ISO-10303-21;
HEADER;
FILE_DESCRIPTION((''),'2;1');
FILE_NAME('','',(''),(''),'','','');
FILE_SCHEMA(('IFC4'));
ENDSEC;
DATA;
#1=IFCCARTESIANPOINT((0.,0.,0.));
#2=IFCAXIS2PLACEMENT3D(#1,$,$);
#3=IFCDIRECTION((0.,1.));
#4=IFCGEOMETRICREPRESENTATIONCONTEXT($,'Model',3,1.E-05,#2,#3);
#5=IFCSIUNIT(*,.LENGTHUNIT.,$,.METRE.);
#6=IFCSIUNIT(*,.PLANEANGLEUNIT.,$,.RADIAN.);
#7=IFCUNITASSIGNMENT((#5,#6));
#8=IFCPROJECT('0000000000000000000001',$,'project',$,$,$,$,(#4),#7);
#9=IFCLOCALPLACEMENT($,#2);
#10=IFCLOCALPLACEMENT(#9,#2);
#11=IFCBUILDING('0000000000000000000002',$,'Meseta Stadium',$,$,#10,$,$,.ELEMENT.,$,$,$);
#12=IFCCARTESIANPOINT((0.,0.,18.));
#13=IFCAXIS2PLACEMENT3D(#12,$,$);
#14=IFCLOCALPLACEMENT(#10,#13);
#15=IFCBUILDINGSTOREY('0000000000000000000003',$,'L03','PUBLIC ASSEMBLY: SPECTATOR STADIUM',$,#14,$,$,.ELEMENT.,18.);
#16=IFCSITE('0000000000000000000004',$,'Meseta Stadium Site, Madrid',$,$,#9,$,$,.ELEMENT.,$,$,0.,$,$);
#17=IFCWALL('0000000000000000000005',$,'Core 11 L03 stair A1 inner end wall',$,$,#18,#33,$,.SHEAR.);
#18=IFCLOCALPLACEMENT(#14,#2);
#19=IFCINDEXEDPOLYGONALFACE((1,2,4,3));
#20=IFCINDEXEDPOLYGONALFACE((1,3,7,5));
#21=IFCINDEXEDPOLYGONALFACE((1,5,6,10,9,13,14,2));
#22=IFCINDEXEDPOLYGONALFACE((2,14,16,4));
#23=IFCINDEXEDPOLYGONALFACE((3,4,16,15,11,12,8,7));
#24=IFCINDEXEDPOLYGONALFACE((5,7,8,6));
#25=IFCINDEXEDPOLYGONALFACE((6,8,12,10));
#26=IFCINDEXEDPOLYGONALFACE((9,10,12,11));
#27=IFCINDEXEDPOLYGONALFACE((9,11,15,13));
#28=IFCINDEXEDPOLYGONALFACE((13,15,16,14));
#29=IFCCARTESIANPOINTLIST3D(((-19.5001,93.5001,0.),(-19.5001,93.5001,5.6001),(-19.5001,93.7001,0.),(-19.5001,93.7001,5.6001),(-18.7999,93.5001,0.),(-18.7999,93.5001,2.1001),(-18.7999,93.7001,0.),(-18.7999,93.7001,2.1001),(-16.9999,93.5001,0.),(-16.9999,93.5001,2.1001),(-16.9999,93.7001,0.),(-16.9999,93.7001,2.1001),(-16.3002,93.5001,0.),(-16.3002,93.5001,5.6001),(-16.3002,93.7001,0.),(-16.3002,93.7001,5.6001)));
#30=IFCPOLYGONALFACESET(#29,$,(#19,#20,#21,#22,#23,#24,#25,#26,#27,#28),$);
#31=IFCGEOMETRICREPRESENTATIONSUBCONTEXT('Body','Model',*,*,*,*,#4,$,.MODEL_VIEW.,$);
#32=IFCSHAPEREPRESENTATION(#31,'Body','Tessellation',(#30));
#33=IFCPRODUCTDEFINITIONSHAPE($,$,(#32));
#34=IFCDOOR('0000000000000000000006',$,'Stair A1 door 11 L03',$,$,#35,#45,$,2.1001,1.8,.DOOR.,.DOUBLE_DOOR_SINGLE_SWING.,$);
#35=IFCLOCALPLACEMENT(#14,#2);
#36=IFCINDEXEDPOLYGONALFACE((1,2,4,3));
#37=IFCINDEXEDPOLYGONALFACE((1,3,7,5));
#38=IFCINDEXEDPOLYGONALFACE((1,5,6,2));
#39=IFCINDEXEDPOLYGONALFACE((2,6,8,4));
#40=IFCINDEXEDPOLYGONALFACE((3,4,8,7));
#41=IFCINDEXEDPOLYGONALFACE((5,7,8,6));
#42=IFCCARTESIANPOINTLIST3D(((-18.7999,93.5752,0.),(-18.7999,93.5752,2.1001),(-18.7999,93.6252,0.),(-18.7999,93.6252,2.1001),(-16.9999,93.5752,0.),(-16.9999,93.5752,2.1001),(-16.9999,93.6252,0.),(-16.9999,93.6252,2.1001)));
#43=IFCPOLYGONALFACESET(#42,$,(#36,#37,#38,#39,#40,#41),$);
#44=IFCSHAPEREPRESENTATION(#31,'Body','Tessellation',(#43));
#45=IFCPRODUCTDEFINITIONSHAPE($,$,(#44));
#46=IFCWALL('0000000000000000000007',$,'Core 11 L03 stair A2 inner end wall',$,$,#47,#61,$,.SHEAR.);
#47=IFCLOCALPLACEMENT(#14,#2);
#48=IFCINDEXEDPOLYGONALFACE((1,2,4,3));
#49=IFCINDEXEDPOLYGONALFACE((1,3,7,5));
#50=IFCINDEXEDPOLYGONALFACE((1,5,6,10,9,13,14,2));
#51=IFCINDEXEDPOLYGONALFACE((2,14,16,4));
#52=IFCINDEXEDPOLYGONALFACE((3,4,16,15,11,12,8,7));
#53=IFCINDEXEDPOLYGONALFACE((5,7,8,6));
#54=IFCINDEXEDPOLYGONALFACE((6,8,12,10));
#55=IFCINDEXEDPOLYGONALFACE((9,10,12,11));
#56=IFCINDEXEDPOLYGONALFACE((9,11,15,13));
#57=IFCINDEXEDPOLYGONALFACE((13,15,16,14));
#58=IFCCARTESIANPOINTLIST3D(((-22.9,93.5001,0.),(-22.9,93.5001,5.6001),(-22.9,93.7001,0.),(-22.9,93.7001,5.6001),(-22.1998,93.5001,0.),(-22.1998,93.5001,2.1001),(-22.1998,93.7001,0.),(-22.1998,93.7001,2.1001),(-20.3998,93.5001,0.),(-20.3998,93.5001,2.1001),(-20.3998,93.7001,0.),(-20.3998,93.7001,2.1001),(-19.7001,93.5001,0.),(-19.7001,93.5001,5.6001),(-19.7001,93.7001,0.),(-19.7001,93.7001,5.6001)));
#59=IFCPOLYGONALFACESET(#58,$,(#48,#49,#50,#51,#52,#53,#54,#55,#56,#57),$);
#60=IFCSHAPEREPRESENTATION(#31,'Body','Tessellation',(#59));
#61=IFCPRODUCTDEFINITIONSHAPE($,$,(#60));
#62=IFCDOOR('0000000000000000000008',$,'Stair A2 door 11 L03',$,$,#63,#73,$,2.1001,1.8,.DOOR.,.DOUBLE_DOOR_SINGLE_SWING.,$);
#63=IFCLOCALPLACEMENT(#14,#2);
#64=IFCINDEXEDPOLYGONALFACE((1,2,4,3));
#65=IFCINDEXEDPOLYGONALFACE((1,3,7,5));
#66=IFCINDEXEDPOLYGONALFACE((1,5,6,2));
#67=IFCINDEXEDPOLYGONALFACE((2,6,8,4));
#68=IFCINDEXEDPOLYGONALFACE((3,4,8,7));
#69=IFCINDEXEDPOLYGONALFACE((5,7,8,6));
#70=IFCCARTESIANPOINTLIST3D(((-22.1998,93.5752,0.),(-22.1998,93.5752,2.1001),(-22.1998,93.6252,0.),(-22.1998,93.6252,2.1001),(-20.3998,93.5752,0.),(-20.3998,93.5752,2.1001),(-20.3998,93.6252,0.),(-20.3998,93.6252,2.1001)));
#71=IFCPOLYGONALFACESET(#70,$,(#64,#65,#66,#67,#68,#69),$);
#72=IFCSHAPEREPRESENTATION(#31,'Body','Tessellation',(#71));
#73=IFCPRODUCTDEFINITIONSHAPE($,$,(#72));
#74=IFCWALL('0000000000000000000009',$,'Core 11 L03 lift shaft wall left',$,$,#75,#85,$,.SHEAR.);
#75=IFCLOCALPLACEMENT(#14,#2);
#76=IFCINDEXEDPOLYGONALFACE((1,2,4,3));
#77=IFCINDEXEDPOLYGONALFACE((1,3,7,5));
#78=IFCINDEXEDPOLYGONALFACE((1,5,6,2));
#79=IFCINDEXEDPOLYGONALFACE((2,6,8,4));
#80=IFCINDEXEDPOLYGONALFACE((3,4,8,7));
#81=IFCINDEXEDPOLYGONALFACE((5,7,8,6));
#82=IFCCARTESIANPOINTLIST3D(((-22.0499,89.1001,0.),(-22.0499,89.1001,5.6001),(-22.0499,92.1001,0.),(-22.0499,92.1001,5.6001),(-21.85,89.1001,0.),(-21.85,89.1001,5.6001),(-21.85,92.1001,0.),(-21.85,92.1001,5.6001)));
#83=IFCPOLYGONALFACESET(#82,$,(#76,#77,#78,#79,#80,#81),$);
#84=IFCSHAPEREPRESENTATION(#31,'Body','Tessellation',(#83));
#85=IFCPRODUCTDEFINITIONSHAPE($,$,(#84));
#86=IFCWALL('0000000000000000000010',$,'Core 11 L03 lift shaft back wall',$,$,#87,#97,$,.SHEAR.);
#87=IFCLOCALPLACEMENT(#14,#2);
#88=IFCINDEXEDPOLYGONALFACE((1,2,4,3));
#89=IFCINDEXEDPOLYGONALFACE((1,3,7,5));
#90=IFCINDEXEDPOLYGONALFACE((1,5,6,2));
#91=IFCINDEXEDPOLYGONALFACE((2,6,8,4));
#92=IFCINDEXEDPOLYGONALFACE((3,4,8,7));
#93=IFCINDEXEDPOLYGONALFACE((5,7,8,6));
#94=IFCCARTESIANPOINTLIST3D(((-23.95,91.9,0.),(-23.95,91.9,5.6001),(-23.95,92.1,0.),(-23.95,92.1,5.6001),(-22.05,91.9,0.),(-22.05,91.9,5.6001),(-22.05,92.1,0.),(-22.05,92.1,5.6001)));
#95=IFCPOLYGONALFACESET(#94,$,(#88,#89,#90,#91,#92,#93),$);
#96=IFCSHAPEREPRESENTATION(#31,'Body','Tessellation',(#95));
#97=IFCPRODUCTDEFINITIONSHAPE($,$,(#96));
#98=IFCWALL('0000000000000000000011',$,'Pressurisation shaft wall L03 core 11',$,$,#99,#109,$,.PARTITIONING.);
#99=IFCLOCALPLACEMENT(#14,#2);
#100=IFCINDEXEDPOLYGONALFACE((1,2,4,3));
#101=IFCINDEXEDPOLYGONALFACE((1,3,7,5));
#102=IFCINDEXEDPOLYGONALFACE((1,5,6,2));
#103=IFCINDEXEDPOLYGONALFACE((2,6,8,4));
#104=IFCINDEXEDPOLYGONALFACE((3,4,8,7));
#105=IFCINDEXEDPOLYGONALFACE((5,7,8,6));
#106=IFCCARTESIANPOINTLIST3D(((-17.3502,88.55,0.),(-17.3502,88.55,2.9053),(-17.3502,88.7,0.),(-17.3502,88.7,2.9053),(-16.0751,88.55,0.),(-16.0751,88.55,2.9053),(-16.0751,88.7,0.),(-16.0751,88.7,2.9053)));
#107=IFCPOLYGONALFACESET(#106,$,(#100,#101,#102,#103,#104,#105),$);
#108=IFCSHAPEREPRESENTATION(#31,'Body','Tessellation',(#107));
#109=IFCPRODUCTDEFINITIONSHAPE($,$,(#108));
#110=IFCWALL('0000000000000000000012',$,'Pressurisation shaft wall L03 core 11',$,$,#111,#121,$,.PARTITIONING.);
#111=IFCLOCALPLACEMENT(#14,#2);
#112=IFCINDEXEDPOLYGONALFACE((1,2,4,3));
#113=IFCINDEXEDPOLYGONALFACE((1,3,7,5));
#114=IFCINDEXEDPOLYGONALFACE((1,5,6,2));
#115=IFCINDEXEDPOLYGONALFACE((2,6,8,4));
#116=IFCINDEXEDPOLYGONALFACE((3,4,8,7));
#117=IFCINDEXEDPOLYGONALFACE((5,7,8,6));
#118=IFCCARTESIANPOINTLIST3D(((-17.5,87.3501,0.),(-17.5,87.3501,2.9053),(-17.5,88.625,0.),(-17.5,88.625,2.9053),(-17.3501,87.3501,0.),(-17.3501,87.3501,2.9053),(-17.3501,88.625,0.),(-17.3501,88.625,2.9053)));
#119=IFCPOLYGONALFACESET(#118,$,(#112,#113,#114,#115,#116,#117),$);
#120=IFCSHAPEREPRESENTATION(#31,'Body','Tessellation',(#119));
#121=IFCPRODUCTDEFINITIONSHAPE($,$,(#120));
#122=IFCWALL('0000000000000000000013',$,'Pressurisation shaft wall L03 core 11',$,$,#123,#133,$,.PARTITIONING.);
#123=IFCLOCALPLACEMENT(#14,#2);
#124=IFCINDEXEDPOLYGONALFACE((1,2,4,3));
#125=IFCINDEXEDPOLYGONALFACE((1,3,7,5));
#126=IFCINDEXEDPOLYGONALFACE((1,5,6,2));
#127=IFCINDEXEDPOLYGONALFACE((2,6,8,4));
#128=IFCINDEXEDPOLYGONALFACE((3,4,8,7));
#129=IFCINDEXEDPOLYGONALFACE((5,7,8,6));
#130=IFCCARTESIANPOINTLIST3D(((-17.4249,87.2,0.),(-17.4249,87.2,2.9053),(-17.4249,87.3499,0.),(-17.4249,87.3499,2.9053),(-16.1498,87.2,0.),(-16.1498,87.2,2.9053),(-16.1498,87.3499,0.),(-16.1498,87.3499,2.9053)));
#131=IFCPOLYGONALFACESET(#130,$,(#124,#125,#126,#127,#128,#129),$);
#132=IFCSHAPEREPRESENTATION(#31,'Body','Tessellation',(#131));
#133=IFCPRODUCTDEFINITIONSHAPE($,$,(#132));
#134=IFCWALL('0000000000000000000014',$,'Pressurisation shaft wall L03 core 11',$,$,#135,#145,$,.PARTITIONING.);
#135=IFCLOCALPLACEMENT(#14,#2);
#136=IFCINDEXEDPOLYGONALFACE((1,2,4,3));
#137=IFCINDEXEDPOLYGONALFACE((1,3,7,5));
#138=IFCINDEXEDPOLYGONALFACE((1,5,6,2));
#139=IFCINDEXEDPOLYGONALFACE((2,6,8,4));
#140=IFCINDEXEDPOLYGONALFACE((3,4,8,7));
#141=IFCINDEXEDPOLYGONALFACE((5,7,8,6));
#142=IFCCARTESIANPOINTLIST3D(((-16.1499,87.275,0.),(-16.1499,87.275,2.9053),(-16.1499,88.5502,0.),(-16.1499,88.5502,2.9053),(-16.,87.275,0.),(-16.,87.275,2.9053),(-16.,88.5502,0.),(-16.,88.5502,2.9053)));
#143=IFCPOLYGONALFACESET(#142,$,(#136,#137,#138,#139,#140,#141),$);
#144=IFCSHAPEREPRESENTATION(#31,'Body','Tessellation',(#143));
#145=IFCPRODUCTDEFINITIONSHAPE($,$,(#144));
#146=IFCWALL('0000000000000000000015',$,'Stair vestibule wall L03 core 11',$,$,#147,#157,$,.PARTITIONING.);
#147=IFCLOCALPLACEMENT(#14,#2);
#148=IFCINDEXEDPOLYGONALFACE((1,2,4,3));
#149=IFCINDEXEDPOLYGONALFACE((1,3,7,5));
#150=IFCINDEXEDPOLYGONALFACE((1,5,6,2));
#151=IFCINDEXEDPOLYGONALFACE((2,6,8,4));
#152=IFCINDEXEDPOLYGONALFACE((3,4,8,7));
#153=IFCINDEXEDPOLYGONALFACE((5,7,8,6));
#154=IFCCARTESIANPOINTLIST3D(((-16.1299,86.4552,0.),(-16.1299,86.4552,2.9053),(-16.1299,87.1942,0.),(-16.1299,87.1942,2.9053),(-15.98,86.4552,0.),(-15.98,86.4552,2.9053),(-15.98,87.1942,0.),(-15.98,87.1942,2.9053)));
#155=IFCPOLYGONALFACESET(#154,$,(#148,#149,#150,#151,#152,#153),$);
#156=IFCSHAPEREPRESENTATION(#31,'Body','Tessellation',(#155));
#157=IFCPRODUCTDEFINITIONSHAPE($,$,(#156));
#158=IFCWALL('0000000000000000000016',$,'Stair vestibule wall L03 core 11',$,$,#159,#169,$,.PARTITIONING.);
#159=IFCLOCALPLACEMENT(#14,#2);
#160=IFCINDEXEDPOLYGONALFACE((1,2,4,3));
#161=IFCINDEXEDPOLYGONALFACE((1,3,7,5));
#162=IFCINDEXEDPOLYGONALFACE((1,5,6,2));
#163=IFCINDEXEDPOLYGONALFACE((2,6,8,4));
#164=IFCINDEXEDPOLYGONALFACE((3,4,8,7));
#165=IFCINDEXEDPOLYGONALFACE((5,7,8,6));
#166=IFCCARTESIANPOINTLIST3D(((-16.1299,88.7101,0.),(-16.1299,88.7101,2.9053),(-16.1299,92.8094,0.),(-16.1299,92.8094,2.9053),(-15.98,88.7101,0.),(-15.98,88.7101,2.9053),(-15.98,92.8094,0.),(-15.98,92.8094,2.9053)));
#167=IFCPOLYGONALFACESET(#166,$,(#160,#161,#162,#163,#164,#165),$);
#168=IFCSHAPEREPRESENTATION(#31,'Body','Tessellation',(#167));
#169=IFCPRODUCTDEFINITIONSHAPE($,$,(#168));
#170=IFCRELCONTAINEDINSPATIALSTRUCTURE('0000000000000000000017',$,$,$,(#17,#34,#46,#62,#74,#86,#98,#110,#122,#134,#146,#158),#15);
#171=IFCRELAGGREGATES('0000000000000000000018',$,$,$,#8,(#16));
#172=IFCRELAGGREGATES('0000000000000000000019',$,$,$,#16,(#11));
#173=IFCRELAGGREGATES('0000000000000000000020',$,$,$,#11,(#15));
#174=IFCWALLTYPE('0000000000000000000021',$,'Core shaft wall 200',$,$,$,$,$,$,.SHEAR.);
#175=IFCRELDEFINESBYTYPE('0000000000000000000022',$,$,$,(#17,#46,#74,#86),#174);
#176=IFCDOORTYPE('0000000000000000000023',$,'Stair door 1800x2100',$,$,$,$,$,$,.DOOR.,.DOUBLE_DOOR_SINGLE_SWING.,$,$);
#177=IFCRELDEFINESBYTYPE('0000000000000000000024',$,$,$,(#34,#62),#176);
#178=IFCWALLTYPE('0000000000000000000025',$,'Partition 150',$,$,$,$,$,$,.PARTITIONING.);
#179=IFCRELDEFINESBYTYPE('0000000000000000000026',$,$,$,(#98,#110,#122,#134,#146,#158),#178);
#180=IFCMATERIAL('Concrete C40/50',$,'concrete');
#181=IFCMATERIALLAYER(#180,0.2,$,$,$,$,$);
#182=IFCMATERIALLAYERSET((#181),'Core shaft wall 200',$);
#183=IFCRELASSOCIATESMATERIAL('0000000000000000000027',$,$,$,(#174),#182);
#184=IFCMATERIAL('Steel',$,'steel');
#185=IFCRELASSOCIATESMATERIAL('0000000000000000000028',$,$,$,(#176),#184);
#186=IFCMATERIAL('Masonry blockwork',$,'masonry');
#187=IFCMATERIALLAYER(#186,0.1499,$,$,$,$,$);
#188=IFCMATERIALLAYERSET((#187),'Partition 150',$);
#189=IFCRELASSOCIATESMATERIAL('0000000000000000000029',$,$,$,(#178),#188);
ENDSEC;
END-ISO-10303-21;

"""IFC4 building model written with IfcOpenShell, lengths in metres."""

from ifc_helpers import new_model, si_unit, direction, frame, frame_2d, origin, place, context, subcontext, project, spatial, rectangle, extrude, material, layer, layer_set, type_object, element, fill, save


model = new_model("IFC4")

# Units and contexts
model_context = context("Model", 3, precision=1e-05, world=origin(), true_north=direction((0.0, 1.0)))
body_context = subcontext(model_context, "Body", "Model", "MODEL_VIEW")
ifc_project = project(units=[si_unit("LENGTHUNIT", "METRE"), si_unit("PLANEANGLEUNIT", "RADIAN")], contexts=[model_context])

# Site, building, storey
site_placement = place(None, origin())
site = spatial("IfcSite", under=ifc_project, at=site_placement, Name="Meseta Stadium Site, Madrid", CompositionType="ELEMENT", RefElevation=0.0)
building_placement = place(site_placement, origin())
building = spatial("IfcBuilding", under=site, at=building_placement, Name="Meseta Stadium", CompositionType="ELEMENT")
storey_placement = place(building_placement, frame((0.0, 0.0, 18.0)))
storey = spatial("IfcBuildingStorey", under=building, at=storey_placement, Name="L03", Description="PUBLIC ASSEMBLY: SPECTATOR STADIUM", CompositionType="ELEMENT", Elevation=18.0)

# Walls, openings, doors
ifc_material_1 = material(Name="Concrete C40/50", Category="concrete")
ifc_layer_1 = layer(ifc_material_1, 0.2)
ifc_layer_set_1 = layer_set([ifc_layer_1], Name="Core shaft wall 200")
wall_type_1 = type_object("IfcWallType", Name="Core shaft wall 200", PredefinedType="SHEAR", material=ifc_layer_set_1)
wall_1_placement = place(storey_placement, frame((-16.3, 93.6001, 0.0), z_axis=(0.0, 0.0, 1.0), x_axis=(-1.0, 0.0, 0.0)))
wall_1 = element("IfcWall", 1, at=wall_1_placement, inside=storey, type_object=wall_type_1, Name="Core 11 L03 stair A1 inner end wall", PredefinedType="SHEAR", context=body_context, shape_type="SweptSolid", body=[
    extrude(rectangle(XDim=3.2, YDim=0.2, at=frame_2d((1.6001, 0.0))), origin(), (0.0, 0.0, 1.0), 5.6001),
])
opening_1_placement = place(wall_1_placement, frame((0.7, 0.0, 0.0)))
opening_1 = element("IfcOpeningElement", 2, at=opening_1_placement, cuts=wall_1, PredefinedType="OPENING", context=body_context, shape_type="SweptSolid", body=[
    extrude(rectangle(XDim=1.8, YDim=2.1001, at=frame_2d((0.8999, 1.05))), frame((0.0, 0.1099, 0.0), z_axis=(0.0, -1.0, 0.0), x_axis=(1.0, 0.0, 0.0)), (0.0, 0.0, 1.0), 0.22),
])
ifc_material_2 = material(Name="Steel", Category="steel")
door_type = type_object("IfcDoorType", Name="Stair door 1800x2100", OperationType="DOUBLE_DOOR_SINGLE_SWING", PredefinedType="DOOR", material=ifc_material_2)
door_1_placement = place(opening_1_placement, origin())
door_1 = element("IfcDoor", 3, at=door_1_placement, inside=storey, type_object=door_type, Name="Stair A1 door 11 L03", OperationType="DOUBLE_DOOR_SINGLE_SWING", OverallHeight=2.1001, OverallWidth=1.8, PredefinedType="DOOR", context=body_context, shape_type="SweptSolid", body=[
    extrude(rectangle(XDim=1.8, YDim=2.1001, at=frame_2d((0.8999, 1.05))), frame((0.0, 0.0249, 0.0), z_axis=(0.0, -1.0, 0.0), x_axis=(1.0, 0.0, 0.0)), (0.0, 0.0, 1.0), 0.05),
])
fill(opening_1, door_1)
wall_2_placement = place(storey_placement, frame((-19.7, 93.6001, 0.0), z_axis=(0.0, 0.0, 1.0), x_axis=(-1.0, 0.0, 0.0)))
wall_2 = element("IfcWall", 4, at=wall_2_placement, inside=storey, type_object=wall_type_1, Name="Core 11 L03 stair A2 inner end wall", PredefinedType="SHEAR", context=body_context, shape_type="SweptSolid", body=[
    extrude(rectangle(XDim=3.2, YDim=0.2, at=frame_2d((1.6001, 0.0))), origin(), (0.0, 0.0, 1.0), 5.6001),
])
opening_2_placement = place(wall_2_placement, frame((0.7, 0.0, 0.0)))
opening_2 = element("IfcOpeningElement", 5, at=opening_2_placement, cuts=wall_2, PredefinedType="OPENING", context=body_context, shape_type="SweptSolid", body=[
    extrude(rectangle(XDim=1.8, YDim=2.1001, at=frame_2d((0.8999, 1.05))), frame((0.0, 0.1099, 0.0), z_axis=(0.0, -1.0, 0.0), x_axis=(1.0, 0.0, 0.0)), (0.0, 0.0, 1.0), 0.22),
])
door_2_placement = place(opening_2_placement, origin())
door_2 = element("IfcDoor", 6, at=door_2_placement, inside=storey, type_object=door_type, Name="Stair A2 door 11 L03", OperationType="DOUBLE_DOOR_SINGLE_SWING", OverallHeight=2.1001, OverallWidth=1.8, PredefinedType="DOOR", context=body_context, shape_type="SweptSolid", body=[
    extrude(rectangle(XDim=1.8, YDim=2.1001, at=frame_2d((0.8999, 1.05))), frame((0.0, 0.0249, 0.0), z_axis=(0.0, -1.0, 0.0), x_axis=(1.0, 0.0, 0.0)), (0.0, 0.0, 1.0), 0.05),
])
fill(opening_2, door_2)

# Walls
wall_3_placement = place(storey_placement, frame((-21.95, 92.1001, 0.0), z_axis=(0.0, 0.0, 1.0), x_axis=(0.0, -1.0, 0.0)))
element("IfcWall", 7, at=wall_3_placement, inside=storey, type_object=wall_type_1, Name="Core 11 L03 lift shaft wall left", PredefinedType="SHEAR", context=body_context, shape_type="SweptSolid", body=[
    extrude(rectangle(XDim=3.0, YDim=0.2, at=frame_2d((1.5, 0.0))), origin(), (0.0, 0.0, 1.0), 5.6001),
])
wall_4_placement = place(storey_placement, frame((-22.05, 92.0, 0.0), z_axis=(0.0, 0.0, 1.0), x_axis=(-1.0, 0.0, 0.0)))
element("IfcWall", 8, at=wall_4_placement, inside=storey, type_object=wall_type_1, Name="Core 11 L03 lift shaft back wall", PredefinedType="SHEAR", context=body_context, shape_type="SweptSolid", body=[
    extrude(rectangle(XDim=1.8999, YDim=0.2, at=frame_2d((0.95, 0.0))), origin(), (0.0, 0.0, 1.0), 5.6001),
])
ifc_material_3 = material(Name="Masonry blockwork", Category="masonry")
ifc_layer_2 = layer(ifc_material_3, 0.1499)
ifc_layer_set_2 = layer_set([ifc_layer_2], Name="Partition 150")
wall_type_2 = type_object("IfcWallType", Name="Partition 150", PredefinedType="PARTITIONING", material=ifc_layer_set_2)
wall_5_placement = place(storey_placement, frame((-16.075, 88.625, 0.0), z_axis=(0.0, 0.0, 1.0), x_axis=(-1.0, 0.0, 0.0)))
element("IfcWall", 9, at=wall_5_placement, inside=storey, type_object=wall_type_2, Name="Pressurisation shaft wall L03 core 11", PredefinedType="PARTITIONING", context=body_context, shape_type="SweptSolid", body=[
    extrude(rectangle(XDim=1.2751, YDim=0.1499, at=frame_2d((0.6377, 0.0))), origin(), (0.0, 0.0, 1.0), 2.9053),
])
wall_6_placement = place(storey_placement, frame((-17.425, 88.625, 0.0), z_axis=(0.0, 0.0, 1.0), x_axis=(0.0, -1.0, 0.0)))
element("IfcWall", 10, at=wall_6_placement, inside=storey, type_object=wall_type_2, Name="Pressurisation shaft wall L03 core 11", PredefinedType="PARTITIONING", context=body_context, shape_type="SweptSolid", body=[
    extrude(rectangle(XDim=1.2749, YDim=0.1499, at=frame_2d((0.6375, 0.0))), origin(), (0.0, 0.0, 1.0), 2.9053),
])
for number, where, z_axis, x_axis, name in (
    (11, (-17.425, 87.2749, 0.0), (0.0, 0.0, 1.0), (1.0, 0.0, 0.0), "Pressurisation shaft wall L03 core 11"),
    (12, (-16.075, 87.2749, 0.0), (0.0, 0.0, 1.0), (0.0, 1.0, 0.0), "Pressurisation shaft wall L03 core 11"),
):
    element("IfcWall", number, at=place(storey_placement, frame(where, z_axis=z_axis, x_axis=x_axis)), inside=storey, type_object=wall_type_2, Name=name, PredefinedType="PARTITIONING", context=body_context, shape_type="SweptSolid", body=[
        extrude(rectangle(XDim=1.2751, YDim=0.1499, at=frame_2d((0.6377, 0.0))), origin(), (0.0, 0.0, 1.0), 2.9053),
    ])
wall_7_placement = place(storey_placement, frame((-16.0549, 86.4551, 0.0), z_axis=(0.0, 0.0, 1.0), x_axis=(0.0, 1.0, 0.0)))
element("IfcWall", 13, at=wall_7_placement, inside=storey, type_object=wall_type_2, Name="Stair vestibule wall L03 core 11", PredefinedType="PARTITIONING", context=body_context, shape_type="SweptSolid", body=[
    extrude(rectangle(XDim=0.739, YDim=0.1499, at=frame_2d((0.3696, 0.0))), origin(), (0.0, 0.0, 1.0), 2.9053),
])
wall_8_placement = place(storey_placement, frame((-16.0549, 88.71, 0.0), z_axis=(0.0, 0.0, 1.0), x_axis=(0.0, 1.0, 0.0)))
element("IfcWall", 14, at=wall_8_placement, inside=storey, type_object=wall_type_2, Name="Stair vestibule wall L03 core 11", PredefinedType="PARTITIONING", context=body_context, shape_type="SweptSolid", body=[
    extrude(rectangle(XDim=4.0994, YDim=0.1499, at=frame_2d((2.0498, 0.0))), origin(), (0.0, 0.0, 1.0), 2.9053),
])

save(model, "model.ifc")
